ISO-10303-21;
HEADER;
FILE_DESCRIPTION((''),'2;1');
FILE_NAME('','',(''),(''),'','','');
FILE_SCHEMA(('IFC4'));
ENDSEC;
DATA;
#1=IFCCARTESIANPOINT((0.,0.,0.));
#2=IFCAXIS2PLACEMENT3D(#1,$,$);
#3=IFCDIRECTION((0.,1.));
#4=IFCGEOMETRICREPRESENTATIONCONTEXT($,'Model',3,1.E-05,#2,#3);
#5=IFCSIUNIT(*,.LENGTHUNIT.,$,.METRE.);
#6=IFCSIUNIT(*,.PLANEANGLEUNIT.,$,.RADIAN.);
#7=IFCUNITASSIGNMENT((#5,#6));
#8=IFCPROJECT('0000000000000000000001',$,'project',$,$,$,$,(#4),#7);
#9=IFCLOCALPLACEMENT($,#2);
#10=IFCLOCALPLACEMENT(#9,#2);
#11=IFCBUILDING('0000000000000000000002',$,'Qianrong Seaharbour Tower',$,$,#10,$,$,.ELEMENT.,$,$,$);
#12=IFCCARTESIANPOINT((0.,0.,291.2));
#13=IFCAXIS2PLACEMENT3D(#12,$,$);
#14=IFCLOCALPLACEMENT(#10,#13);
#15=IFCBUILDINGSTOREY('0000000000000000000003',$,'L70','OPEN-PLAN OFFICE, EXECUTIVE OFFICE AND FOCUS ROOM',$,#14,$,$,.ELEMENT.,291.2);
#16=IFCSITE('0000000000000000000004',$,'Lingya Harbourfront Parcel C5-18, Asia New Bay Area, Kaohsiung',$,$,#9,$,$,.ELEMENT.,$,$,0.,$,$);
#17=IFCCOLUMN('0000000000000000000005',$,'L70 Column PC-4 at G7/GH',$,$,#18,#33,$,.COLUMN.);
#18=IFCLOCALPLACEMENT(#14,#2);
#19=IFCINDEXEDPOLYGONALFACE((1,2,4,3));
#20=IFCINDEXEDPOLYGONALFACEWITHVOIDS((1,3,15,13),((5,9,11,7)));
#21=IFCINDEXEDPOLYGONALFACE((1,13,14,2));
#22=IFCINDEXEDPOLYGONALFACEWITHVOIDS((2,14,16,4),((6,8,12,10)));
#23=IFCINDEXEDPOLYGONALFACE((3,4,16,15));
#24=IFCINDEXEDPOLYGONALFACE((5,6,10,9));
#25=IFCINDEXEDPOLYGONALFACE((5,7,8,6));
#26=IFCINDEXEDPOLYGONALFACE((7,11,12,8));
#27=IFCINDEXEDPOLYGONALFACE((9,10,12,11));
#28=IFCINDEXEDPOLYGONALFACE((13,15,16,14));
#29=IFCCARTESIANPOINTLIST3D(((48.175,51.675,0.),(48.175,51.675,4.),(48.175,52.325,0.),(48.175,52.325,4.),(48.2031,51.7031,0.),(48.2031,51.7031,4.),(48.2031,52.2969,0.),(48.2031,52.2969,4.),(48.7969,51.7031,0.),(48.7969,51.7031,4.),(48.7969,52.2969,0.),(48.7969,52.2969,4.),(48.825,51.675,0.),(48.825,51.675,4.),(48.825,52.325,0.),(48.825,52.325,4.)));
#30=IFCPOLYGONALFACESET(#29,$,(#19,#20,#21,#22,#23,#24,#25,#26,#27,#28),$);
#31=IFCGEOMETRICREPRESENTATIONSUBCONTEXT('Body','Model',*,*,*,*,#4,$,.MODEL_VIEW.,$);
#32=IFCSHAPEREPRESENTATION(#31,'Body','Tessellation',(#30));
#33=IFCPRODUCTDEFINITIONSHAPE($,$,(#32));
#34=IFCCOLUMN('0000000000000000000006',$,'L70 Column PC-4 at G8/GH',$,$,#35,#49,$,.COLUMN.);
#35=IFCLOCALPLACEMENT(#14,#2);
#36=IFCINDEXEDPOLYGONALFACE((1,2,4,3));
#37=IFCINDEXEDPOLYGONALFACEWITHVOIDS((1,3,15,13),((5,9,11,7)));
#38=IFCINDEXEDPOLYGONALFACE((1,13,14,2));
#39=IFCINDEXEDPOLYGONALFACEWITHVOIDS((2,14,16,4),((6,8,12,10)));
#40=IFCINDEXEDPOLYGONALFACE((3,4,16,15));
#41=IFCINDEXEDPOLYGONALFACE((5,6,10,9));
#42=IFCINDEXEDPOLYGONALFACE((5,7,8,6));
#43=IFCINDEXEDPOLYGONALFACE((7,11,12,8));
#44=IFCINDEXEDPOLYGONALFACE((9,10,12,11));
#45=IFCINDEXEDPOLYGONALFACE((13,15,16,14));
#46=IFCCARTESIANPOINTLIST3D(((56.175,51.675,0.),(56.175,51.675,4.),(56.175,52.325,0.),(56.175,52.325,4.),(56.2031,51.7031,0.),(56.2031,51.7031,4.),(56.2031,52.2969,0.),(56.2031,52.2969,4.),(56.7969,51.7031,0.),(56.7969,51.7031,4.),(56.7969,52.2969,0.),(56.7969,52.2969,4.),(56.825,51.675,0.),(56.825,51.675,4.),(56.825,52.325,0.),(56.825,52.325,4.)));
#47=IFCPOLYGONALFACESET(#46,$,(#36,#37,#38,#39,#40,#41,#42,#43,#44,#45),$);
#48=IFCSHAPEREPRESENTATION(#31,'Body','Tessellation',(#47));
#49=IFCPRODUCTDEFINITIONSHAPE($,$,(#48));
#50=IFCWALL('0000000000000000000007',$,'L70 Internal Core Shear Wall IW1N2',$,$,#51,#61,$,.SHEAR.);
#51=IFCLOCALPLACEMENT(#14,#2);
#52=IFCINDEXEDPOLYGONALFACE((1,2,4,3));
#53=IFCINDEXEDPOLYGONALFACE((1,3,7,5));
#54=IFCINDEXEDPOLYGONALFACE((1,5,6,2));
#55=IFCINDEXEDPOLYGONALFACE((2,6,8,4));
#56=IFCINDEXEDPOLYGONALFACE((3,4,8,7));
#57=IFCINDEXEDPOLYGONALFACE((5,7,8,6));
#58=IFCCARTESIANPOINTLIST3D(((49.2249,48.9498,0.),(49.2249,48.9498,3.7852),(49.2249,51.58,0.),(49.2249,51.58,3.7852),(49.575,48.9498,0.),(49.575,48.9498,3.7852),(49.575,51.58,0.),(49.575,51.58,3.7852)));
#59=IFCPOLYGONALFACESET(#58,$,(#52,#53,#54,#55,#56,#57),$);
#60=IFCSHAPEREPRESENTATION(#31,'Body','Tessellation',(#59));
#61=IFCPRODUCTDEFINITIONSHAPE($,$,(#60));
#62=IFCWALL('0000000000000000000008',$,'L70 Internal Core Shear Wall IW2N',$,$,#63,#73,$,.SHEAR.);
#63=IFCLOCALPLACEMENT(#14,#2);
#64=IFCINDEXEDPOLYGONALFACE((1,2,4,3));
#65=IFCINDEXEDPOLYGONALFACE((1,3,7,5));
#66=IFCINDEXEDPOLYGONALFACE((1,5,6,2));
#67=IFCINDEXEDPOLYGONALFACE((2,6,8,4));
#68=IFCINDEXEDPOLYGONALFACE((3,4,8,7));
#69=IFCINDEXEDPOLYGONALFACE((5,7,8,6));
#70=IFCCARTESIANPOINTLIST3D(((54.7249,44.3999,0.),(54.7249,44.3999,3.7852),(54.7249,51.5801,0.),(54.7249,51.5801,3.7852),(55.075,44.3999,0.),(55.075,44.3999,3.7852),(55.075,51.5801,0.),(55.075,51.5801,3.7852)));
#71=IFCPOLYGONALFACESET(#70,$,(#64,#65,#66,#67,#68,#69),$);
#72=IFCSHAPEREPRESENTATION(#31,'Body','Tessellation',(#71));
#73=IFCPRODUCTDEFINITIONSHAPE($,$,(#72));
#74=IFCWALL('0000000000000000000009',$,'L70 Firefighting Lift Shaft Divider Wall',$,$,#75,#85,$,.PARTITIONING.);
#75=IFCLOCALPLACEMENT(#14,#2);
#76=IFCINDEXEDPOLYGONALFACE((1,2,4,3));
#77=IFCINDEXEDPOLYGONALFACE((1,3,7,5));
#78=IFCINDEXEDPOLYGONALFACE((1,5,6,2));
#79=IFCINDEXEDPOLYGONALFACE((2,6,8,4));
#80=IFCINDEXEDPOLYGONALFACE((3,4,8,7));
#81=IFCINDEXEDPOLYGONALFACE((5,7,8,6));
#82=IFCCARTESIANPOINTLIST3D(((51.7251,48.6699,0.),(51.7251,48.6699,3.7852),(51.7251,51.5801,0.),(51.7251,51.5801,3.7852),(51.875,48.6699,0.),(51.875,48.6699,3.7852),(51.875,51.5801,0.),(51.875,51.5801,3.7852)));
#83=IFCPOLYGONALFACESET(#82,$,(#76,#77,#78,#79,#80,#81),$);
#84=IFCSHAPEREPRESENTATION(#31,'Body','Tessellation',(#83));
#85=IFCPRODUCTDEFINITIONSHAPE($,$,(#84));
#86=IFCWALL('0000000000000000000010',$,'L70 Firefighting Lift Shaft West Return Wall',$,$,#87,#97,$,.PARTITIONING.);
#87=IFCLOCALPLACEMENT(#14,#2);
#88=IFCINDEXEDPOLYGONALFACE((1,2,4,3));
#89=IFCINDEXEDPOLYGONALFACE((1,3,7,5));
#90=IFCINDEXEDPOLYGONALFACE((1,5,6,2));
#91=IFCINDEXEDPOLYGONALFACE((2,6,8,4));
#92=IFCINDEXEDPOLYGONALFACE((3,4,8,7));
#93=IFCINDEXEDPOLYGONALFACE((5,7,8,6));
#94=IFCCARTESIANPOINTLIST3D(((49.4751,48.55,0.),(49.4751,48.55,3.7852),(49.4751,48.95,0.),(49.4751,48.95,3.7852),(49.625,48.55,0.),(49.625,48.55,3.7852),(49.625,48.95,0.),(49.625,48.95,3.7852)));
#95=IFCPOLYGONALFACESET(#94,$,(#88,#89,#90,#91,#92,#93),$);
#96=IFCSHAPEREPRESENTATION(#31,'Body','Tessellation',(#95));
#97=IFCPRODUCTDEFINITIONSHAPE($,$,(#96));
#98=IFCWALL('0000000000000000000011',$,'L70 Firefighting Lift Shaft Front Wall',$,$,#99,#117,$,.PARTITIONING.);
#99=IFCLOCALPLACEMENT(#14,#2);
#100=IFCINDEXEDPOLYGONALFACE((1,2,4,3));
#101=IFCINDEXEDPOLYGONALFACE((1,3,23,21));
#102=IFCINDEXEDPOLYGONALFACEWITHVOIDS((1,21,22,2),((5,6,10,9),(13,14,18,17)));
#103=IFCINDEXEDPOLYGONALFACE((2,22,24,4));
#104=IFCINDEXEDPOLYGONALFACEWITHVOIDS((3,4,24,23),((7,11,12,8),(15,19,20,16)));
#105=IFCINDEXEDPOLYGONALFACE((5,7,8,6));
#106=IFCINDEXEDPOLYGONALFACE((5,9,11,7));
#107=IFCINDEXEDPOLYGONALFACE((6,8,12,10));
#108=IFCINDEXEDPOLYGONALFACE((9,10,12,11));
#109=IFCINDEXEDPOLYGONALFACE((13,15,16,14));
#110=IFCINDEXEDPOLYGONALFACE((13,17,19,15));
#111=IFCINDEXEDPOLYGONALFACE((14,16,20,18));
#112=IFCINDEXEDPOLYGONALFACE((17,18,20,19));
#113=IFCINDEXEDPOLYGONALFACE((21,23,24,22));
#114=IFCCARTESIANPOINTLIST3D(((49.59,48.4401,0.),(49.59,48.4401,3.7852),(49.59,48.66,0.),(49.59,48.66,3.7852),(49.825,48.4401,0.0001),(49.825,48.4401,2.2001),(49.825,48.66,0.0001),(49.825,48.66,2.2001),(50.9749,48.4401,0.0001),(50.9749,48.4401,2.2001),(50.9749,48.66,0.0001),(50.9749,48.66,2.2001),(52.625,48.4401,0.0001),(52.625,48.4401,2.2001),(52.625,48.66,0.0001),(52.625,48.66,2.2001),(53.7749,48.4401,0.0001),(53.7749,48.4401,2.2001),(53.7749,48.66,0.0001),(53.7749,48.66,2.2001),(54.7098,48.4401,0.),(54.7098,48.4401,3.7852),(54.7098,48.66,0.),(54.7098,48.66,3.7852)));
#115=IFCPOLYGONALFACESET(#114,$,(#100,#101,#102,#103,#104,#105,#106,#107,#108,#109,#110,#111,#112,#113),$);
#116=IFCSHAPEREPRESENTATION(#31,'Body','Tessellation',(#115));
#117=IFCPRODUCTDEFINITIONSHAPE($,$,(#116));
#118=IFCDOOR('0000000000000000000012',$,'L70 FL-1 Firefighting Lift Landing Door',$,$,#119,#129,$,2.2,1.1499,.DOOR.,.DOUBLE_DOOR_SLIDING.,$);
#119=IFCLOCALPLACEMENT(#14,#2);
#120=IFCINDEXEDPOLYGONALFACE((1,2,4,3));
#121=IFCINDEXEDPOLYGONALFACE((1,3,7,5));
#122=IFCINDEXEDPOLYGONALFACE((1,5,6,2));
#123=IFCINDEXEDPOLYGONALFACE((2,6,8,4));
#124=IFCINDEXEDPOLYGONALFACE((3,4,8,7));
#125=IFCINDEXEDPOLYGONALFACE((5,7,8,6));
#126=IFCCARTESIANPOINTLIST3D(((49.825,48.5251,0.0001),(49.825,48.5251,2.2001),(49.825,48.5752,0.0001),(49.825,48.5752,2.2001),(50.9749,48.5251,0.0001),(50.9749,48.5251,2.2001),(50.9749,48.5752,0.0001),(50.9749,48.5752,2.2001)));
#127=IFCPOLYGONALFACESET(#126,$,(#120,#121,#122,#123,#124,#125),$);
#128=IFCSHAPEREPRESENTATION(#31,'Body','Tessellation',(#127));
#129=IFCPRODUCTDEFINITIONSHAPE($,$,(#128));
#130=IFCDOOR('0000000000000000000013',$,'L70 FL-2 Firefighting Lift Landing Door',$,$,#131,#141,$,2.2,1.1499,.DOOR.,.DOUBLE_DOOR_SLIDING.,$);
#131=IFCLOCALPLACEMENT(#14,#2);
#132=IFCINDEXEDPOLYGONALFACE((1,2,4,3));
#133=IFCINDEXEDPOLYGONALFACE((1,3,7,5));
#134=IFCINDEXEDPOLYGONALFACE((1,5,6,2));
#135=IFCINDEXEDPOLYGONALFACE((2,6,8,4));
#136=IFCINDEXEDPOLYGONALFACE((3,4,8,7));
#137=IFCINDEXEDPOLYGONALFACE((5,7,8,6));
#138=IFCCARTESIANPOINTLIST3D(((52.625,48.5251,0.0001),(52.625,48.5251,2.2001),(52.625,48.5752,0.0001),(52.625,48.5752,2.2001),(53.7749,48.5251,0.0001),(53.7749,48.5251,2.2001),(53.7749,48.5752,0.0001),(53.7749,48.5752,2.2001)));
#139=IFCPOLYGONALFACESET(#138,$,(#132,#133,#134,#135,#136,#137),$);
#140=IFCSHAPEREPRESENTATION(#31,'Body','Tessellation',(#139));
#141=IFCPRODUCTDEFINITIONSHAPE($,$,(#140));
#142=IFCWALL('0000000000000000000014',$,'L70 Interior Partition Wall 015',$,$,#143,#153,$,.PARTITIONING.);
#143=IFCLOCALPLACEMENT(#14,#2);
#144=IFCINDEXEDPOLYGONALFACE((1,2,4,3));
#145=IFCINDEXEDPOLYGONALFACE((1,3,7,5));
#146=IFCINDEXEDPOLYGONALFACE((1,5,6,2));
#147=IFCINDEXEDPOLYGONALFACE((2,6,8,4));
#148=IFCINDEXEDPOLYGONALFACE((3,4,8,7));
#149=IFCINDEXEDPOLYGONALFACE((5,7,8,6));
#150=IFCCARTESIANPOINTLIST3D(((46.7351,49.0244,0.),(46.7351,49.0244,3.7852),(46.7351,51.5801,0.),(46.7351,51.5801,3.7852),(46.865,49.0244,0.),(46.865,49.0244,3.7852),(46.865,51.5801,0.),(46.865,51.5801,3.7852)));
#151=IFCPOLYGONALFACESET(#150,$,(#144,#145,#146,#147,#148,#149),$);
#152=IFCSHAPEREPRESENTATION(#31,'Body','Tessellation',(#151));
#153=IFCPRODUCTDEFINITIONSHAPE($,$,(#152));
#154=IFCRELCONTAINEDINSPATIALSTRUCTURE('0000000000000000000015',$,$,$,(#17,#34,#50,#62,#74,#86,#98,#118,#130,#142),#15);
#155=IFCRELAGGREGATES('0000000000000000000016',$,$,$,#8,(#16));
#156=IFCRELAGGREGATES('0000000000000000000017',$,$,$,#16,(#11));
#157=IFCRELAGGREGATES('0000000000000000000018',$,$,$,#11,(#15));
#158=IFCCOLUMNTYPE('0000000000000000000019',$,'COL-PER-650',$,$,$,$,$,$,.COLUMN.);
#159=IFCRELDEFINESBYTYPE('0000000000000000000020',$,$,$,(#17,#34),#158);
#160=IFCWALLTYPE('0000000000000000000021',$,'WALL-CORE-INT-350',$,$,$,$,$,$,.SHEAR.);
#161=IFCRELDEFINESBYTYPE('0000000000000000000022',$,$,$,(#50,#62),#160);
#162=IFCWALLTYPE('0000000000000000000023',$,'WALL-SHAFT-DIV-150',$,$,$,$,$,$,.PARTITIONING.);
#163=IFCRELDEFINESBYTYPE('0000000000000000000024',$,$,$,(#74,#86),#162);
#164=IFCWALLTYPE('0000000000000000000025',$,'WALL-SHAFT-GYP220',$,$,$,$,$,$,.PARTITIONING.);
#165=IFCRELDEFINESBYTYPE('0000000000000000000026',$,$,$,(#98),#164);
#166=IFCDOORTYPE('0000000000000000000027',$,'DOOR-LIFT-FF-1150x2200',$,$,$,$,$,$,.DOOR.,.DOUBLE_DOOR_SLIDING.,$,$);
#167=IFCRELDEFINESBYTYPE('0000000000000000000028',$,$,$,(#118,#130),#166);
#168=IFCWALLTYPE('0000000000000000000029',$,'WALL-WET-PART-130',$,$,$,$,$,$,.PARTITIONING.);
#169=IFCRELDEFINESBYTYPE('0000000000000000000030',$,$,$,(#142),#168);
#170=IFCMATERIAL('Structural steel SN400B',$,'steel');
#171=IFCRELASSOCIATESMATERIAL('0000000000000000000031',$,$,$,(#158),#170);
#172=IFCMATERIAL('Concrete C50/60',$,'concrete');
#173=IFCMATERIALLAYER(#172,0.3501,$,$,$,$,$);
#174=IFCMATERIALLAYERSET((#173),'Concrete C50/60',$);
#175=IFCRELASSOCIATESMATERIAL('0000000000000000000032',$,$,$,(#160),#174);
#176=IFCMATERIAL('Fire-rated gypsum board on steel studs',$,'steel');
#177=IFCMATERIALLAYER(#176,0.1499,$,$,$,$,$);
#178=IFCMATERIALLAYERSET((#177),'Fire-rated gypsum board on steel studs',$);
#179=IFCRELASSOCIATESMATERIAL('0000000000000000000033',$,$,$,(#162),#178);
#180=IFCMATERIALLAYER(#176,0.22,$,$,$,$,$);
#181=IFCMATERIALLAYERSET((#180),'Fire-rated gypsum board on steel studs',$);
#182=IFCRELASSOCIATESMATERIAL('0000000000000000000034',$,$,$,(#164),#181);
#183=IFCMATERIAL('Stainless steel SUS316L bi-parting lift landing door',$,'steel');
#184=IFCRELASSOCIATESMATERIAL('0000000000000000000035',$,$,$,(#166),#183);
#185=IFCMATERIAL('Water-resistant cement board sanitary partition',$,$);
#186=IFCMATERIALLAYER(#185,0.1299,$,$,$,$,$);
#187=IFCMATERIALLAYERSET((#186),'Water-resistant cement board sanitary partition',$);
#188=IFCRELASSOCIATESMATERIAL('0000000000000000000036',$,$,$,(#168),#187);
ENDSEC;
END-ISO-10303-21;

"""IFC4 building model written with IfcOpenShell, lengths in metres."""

from ifc_helpers import new_model, si_unit, direction, frame, frame_2d, origin, origin_2d, place, context, subcontext, project, spatial, rectangle, hollow_rectangle, extrude, material, layer, layer_set, material_profile, profile_set, type_object, element, fill, save


model = new_model("IFC4")

# Units and contexts
model_context = context("Model", 3, precision=1e-05, world=origin(), true_north=direction((0.0, 1.0)))
body_context = subcontext(model_context, "Body", "Model", "MODEL_VIEW")
ifc_project = project(units=[si_unit("LENGTHUNIT", "METRE"), si_unit("PLANEANGLEUNIT", "RADIAN")], contexts=[model_context])

# Site, building, storey
site_placement = place(None, origin())
site = spatial("IfcSite", under=ifc_project, at=site_placement, Name="Lingya Harbourfront Parcel C5-18, Asia New Bay Area, Kaohsiung", CompositionType="ELEMENT", RefElevation=0.0)
building_placement = place(site_placement, origin())
building = spatial("IfcBuilding", under=site, at=building_placement, Name="Qianrong Seaharbour Tower", CompositionType="ELEMENT")
storey_placement = place(building_placement, frame((0.0, 0.0, 291.2)))
storey = spatial("IfcBuildingStorey", under=building, at=storey_placement, Name="L70", Description="OPEN-PLAN OFFICE, EXECUTIVE OFFICE AND FOCUS ROOM", CompositionType="ELEMENT", Elevation=291.2)

# Columns
ifc_material_1 = material(Name="Structural steel SN400B", Category="steel")
ifc_material_profile = material_profile(ifc_material_1, hollow_rectangle(XDim=0.6499, YDim=0.6499, WallThickness=0.0281, at=origin_2d()), Name="BOX650x650x28")
ifc_profile_set = profile_set([ifc_material_profile], Name="Structural steel SN400B")
column_type = type_object("IfcColumnType", Name="COL-PER-650", PredefinedType="COLUMN", material=ifc_profile_set)
for number, where, z_axis, x_axis, name in (
    (1, (48.5, 52.0, 0.0), (0.0, 0.0, 1.0), (1.0, 0.0, 0.0), "L70 Column PC-4 at G7/GH"),
    (2, (56.5, 52.0, 0.0), (0.0, 0.0, 1.0), (1.0, 0.0, 0.0), "L70 Column PC-4 at G8/GH"),
):
    element("IfcColumn", number, at=place(storey_placement, frame(where, z_axis=z_axis, x_axis=x_axis)), inside=storey, type_object=column_type, Name=name, PredefinedType="COLUMN", context=body_context, shape_type="SweptSolid", body=[
        extrude(hollow_rectangle(XDim=0.6499, YDim=0.6499, WallThickness=0.0281, at=origin_2d()), origin(), (0.0, 0.0, 1.0), 4.0),
    ])

# Walls
ifc_material_2 = material(Name="Concrete C50/60", Category="concrete")
ifc_layer_1 = layer(ifc_material_2, 0.3501)
ifc_layer_set_1 = layer_set([ifc_layer_1], Name="Concrete C50/60")
wall_type_1 = type_object("IfcWallType", Name="WALL-CORE-INT-350", PredefinedType="SHEAR", material=ifc_layer_set_1)
wall_1_placement = place(storey_placement, frame((49.3999, 48.95, 0.0), z_axis=(0.0, 0.0, 1.0), x_axis=(0.0, 1.0, 0.0)))
element("IfcWall", 3, at=wall_1_placement, inside=storey, type_object=wall_type_1, Name="L70 Internal Core Shear Wall IW1N2", PredefinedType="SHEAR", context=body_context, shape_type="SweptSolid", body=[
    extrude(rectangle(XDim=2.6301, YDim=0.3501, at=frame_2d((1.3149, 0.0))), origin(), (0.0, 0.0, 1.0), 3.7852),
])
wall_2_placement = place(storey_placement, frame((54.8999, 44.3999, 0.0), z_axis=(0.0, 0.0, 1.0), x_axis=(0.0, 1.0, 0.0)))
element("IfcWall", 4, at=wall_2_placement, inside=storey, type_object=wall_type_1, Name="L70 Internal Core Shear Wall IW2N", PredefinedType="SHEAR", context=body_context, shape_type="SweptSolid", body=[
    extrude(rectangle(XDim=7.1802, YDim=0.3501, at=frame_2d((3.5901, 0.0))), origin(), (0.0, 0.0, 1.0), 3.7852),
])

# Walls
ifc_material_3 = material(Name="Fire-rated gypsum board on steel studs", Category="steel")
ifc_layer_2 = layer(ifc_material_3, 0.1499)
ifc_layer_set_2 = layer_set([ifc_layer_2], Name="Fire-rated gypsum board on steel studs")
wall_type_2 = type_object("IfcWallType", Name="WALL-SHAFT-DIV-150", PredefinedType="PARTITIONING", material=ifc_layer_set_2)
wall_3_placement = place(storey_placement, frame((51.8, 48.6699, 0.0), z_axis=(0.0, 0.0, 1.0), x_axis=(0.0, 1.0, 0.0)))
element("IfcWall", 5, at=wall_3_placement, inside=storey, type_object=wall_type_2, Name="L70 Firefighting Lift Shaft Divider Wall", PredefinedType="PARTITIONING", context=body_context, shape_type="SweptSolid", body=[
    extrude(rectangle(XDim=2.9102, YDim=0.1499, at=frame_2d((1.4551, 0.0))), origin(), (0.0, 0.0, 1.0), 3.7852),
])
wall_4_placement = place(storey_placement, frame((49.55, 48.55, 0.0), z_axis=(0.0, 0.0, 1.0), x_axis=(0.0, 1.0, 0.0)))
element("IfcWall", 6, at=wall_4_placement, inside=storey, type_object=wall_type_2, Name="L70 Firefighting Lift Shaft West Return Wall", PredefinedType="PARTITIONING", context=body_context, shape_type="SweptSolid", body=[
    extrude(rectangle(XDim=0.3999, YDim=0.1499, at=frame_2d((0.2, 0.0))), origin(), (0.0, 0.0, 1.0), 3.7852),
])

# Wall, openings, doors
ifc_layer_3 = layer(ifc_material_3, 0.22)
ifc_layer_set_3 = layer_set([ifc_layer_3], Name="Fire-rated gypsum board on steel studs")
wall_type_3 = type_object("IfcWallType", Name="WALL-SHAFT-GYP220", PredefinedType="PARTITIONING", material=ifc_layer_set_3)
wall_5_placement = place(storey_placement, frame((54.71, 48.55, 0.0), z_axis=(0.0, 0.0, 1.0), x_axis=(-1.0, 0.0, 0.0)))
wall_5 = element("IfcWall", 7, at=wall_5_placement, inside=storey, type_object=wall_type_3, Name="L70 Firefighting Lift Shaft Front Wall", PredefinedType="PARTITIONING", context=body_context, shape_type="SweptSolid", body=[
    extrude(rectangle(XDim=5.1199, YDim=0.22, at=frame_2d((2.5601, 0.0))), origin(), (0.0, 0.0, 1.0), 3.7852),
])
opening_1_placement = place(wall_5_placement, frame((3.7351, 0.0, 0.0)))
opening_1 = element("IfcOpeningElement", 8, at=opening_1_placement, cuts=wall_5, PredefinedType="OPENING", context=body_context, shape_type="SweptSolid", body=[
    extrude(rectangle(XDim=1.1499, YDim=2.2, at=frame_2d((0.575, 1.1001))), frame((0.0, 0.1201, 0.0), z_axis=(0.0, -1.0, 0.0), x_axis=(1.0, 0.0, 0.0)), (0.0, 0.0, 1.0), 0.24),
])
opening_2_placement = place(wall_5_placement, frame((0.9351, 0.0, 0.0)))
opening_2 = element("IfcOpeningElement", 9, at=opening_2_placement, cuts=wall_5, PredefinedType="OPENING", context=body_context, shape_type="SweptSolid", body=[
    extrude(rectangle(XDim=1.1499, YDim=2.2, at=frame_2d((0.575, 1.1001))), frame((0.0, 0.1201, 0.0), z_axis=(0.0, -1.0, 0.0), x_axis=(1.0, 0.0, 0.0)), (0.0, 0.0, 1.0), 0.24),
])
ifc_material_4 = material(Name="Stainless steel SUS316L bi-parting lift landing door", Category="steel")
door_type_1 = type_object("IfcDoorType", Name="DOOR-LIFT-FF-1150x2200", OperationType="DOUBLE_DOOR_SLIDING", PredefinedType="DOOR", material=ifc_material_4)
door_1_placement = place(opening_1_placement, origin())
door_1 = element("IfcDoor", 10, at=door_1_placement, inside=storey, type_object=door_type_1, Name="L70 FL-1 Firefighting Lift Landing Door", OperationType="DOUBLE_DOOR_SLIDING", OverallHeight=2.2, OverallWidth=1.1499, PredefinedType="DOOR", context=body_context, shape_type="SweptSolid", body=[
    extrude(rectangle(XDim=1.1499, YDim=2.2, at=frame_2d((0.575, 1.1001))), frame((0.0, 0.0249, 0.0), z_axis=(0.0, -1.0, 0.0), x_axis=(1.0, 0.0, 0.0)), (0.0, 0.0, 1.0), 0.05),
])
fill(opening_1, door_1)
door_2_placement = place(opening_2_placement, origin())
door_2 = element("IfcDoor", 11, at=door_2_placement, inside=storey, type_object=door_type_1, Name="L70 FL-2 Firefighting Lift Landing Door", OperationType="DOUBLE_DOOR_SLIDING", OverallHeight=2.2, OverallWidth=1.1499, PredefinedType="DOOR", context=body_context, shape_type="SweptSolid", body=[
    extrude(rectangle(XDim=1.1499, YDim=2.2, at=frame_2d((0.575, 1.1001))), frame((0.0, 0.0249, 0.0), z_axis=(0.0, -1.0, 0.0), x_axis=(1.0, 0.0, 0.0)), (0.0, 0.0, 1.0), 0.05),
])
fill(opening_2, door_2)

# Wall
ifc_material_5 = material(Name="Water-resistant cement board sanitary partition")
ifc_layer_4 = layer(ifc_material_5, 0.1299)
ifc_layer_set_4 = layer_set([ifc_layer_4], Name="Water-resistant cement board sanitary partition")
wall_type_4 = type_object("IfcWallType", Name="WALL-WET-PART-130", PredefinedType="PARTITIONING", material=ifc_layer_set_4)
wall_6_placement = place(storey_placement, frame((46.8, 51.5801, 0.0), z_axis=(0.0, 0.0, 1.0), x_axis=(0.0, -1.0, 0.0)))
element("IfcWall", 12, at=wall_6_placement, inside=storey, type_object=wall_type_4, Name="L70 Interior Partition Wall 015", PredefinedType="PARTITIONING", context=body_context, shape_type="SweptSolid", body=[
    extrude(rectangle(XDim=2.5557, YDim=0.1299, at=frame_2d((1.2778, 0.0))), origin(), (0.0, 0.0, 1.0), 3.7852),
])

save(model, "model.ifc")
